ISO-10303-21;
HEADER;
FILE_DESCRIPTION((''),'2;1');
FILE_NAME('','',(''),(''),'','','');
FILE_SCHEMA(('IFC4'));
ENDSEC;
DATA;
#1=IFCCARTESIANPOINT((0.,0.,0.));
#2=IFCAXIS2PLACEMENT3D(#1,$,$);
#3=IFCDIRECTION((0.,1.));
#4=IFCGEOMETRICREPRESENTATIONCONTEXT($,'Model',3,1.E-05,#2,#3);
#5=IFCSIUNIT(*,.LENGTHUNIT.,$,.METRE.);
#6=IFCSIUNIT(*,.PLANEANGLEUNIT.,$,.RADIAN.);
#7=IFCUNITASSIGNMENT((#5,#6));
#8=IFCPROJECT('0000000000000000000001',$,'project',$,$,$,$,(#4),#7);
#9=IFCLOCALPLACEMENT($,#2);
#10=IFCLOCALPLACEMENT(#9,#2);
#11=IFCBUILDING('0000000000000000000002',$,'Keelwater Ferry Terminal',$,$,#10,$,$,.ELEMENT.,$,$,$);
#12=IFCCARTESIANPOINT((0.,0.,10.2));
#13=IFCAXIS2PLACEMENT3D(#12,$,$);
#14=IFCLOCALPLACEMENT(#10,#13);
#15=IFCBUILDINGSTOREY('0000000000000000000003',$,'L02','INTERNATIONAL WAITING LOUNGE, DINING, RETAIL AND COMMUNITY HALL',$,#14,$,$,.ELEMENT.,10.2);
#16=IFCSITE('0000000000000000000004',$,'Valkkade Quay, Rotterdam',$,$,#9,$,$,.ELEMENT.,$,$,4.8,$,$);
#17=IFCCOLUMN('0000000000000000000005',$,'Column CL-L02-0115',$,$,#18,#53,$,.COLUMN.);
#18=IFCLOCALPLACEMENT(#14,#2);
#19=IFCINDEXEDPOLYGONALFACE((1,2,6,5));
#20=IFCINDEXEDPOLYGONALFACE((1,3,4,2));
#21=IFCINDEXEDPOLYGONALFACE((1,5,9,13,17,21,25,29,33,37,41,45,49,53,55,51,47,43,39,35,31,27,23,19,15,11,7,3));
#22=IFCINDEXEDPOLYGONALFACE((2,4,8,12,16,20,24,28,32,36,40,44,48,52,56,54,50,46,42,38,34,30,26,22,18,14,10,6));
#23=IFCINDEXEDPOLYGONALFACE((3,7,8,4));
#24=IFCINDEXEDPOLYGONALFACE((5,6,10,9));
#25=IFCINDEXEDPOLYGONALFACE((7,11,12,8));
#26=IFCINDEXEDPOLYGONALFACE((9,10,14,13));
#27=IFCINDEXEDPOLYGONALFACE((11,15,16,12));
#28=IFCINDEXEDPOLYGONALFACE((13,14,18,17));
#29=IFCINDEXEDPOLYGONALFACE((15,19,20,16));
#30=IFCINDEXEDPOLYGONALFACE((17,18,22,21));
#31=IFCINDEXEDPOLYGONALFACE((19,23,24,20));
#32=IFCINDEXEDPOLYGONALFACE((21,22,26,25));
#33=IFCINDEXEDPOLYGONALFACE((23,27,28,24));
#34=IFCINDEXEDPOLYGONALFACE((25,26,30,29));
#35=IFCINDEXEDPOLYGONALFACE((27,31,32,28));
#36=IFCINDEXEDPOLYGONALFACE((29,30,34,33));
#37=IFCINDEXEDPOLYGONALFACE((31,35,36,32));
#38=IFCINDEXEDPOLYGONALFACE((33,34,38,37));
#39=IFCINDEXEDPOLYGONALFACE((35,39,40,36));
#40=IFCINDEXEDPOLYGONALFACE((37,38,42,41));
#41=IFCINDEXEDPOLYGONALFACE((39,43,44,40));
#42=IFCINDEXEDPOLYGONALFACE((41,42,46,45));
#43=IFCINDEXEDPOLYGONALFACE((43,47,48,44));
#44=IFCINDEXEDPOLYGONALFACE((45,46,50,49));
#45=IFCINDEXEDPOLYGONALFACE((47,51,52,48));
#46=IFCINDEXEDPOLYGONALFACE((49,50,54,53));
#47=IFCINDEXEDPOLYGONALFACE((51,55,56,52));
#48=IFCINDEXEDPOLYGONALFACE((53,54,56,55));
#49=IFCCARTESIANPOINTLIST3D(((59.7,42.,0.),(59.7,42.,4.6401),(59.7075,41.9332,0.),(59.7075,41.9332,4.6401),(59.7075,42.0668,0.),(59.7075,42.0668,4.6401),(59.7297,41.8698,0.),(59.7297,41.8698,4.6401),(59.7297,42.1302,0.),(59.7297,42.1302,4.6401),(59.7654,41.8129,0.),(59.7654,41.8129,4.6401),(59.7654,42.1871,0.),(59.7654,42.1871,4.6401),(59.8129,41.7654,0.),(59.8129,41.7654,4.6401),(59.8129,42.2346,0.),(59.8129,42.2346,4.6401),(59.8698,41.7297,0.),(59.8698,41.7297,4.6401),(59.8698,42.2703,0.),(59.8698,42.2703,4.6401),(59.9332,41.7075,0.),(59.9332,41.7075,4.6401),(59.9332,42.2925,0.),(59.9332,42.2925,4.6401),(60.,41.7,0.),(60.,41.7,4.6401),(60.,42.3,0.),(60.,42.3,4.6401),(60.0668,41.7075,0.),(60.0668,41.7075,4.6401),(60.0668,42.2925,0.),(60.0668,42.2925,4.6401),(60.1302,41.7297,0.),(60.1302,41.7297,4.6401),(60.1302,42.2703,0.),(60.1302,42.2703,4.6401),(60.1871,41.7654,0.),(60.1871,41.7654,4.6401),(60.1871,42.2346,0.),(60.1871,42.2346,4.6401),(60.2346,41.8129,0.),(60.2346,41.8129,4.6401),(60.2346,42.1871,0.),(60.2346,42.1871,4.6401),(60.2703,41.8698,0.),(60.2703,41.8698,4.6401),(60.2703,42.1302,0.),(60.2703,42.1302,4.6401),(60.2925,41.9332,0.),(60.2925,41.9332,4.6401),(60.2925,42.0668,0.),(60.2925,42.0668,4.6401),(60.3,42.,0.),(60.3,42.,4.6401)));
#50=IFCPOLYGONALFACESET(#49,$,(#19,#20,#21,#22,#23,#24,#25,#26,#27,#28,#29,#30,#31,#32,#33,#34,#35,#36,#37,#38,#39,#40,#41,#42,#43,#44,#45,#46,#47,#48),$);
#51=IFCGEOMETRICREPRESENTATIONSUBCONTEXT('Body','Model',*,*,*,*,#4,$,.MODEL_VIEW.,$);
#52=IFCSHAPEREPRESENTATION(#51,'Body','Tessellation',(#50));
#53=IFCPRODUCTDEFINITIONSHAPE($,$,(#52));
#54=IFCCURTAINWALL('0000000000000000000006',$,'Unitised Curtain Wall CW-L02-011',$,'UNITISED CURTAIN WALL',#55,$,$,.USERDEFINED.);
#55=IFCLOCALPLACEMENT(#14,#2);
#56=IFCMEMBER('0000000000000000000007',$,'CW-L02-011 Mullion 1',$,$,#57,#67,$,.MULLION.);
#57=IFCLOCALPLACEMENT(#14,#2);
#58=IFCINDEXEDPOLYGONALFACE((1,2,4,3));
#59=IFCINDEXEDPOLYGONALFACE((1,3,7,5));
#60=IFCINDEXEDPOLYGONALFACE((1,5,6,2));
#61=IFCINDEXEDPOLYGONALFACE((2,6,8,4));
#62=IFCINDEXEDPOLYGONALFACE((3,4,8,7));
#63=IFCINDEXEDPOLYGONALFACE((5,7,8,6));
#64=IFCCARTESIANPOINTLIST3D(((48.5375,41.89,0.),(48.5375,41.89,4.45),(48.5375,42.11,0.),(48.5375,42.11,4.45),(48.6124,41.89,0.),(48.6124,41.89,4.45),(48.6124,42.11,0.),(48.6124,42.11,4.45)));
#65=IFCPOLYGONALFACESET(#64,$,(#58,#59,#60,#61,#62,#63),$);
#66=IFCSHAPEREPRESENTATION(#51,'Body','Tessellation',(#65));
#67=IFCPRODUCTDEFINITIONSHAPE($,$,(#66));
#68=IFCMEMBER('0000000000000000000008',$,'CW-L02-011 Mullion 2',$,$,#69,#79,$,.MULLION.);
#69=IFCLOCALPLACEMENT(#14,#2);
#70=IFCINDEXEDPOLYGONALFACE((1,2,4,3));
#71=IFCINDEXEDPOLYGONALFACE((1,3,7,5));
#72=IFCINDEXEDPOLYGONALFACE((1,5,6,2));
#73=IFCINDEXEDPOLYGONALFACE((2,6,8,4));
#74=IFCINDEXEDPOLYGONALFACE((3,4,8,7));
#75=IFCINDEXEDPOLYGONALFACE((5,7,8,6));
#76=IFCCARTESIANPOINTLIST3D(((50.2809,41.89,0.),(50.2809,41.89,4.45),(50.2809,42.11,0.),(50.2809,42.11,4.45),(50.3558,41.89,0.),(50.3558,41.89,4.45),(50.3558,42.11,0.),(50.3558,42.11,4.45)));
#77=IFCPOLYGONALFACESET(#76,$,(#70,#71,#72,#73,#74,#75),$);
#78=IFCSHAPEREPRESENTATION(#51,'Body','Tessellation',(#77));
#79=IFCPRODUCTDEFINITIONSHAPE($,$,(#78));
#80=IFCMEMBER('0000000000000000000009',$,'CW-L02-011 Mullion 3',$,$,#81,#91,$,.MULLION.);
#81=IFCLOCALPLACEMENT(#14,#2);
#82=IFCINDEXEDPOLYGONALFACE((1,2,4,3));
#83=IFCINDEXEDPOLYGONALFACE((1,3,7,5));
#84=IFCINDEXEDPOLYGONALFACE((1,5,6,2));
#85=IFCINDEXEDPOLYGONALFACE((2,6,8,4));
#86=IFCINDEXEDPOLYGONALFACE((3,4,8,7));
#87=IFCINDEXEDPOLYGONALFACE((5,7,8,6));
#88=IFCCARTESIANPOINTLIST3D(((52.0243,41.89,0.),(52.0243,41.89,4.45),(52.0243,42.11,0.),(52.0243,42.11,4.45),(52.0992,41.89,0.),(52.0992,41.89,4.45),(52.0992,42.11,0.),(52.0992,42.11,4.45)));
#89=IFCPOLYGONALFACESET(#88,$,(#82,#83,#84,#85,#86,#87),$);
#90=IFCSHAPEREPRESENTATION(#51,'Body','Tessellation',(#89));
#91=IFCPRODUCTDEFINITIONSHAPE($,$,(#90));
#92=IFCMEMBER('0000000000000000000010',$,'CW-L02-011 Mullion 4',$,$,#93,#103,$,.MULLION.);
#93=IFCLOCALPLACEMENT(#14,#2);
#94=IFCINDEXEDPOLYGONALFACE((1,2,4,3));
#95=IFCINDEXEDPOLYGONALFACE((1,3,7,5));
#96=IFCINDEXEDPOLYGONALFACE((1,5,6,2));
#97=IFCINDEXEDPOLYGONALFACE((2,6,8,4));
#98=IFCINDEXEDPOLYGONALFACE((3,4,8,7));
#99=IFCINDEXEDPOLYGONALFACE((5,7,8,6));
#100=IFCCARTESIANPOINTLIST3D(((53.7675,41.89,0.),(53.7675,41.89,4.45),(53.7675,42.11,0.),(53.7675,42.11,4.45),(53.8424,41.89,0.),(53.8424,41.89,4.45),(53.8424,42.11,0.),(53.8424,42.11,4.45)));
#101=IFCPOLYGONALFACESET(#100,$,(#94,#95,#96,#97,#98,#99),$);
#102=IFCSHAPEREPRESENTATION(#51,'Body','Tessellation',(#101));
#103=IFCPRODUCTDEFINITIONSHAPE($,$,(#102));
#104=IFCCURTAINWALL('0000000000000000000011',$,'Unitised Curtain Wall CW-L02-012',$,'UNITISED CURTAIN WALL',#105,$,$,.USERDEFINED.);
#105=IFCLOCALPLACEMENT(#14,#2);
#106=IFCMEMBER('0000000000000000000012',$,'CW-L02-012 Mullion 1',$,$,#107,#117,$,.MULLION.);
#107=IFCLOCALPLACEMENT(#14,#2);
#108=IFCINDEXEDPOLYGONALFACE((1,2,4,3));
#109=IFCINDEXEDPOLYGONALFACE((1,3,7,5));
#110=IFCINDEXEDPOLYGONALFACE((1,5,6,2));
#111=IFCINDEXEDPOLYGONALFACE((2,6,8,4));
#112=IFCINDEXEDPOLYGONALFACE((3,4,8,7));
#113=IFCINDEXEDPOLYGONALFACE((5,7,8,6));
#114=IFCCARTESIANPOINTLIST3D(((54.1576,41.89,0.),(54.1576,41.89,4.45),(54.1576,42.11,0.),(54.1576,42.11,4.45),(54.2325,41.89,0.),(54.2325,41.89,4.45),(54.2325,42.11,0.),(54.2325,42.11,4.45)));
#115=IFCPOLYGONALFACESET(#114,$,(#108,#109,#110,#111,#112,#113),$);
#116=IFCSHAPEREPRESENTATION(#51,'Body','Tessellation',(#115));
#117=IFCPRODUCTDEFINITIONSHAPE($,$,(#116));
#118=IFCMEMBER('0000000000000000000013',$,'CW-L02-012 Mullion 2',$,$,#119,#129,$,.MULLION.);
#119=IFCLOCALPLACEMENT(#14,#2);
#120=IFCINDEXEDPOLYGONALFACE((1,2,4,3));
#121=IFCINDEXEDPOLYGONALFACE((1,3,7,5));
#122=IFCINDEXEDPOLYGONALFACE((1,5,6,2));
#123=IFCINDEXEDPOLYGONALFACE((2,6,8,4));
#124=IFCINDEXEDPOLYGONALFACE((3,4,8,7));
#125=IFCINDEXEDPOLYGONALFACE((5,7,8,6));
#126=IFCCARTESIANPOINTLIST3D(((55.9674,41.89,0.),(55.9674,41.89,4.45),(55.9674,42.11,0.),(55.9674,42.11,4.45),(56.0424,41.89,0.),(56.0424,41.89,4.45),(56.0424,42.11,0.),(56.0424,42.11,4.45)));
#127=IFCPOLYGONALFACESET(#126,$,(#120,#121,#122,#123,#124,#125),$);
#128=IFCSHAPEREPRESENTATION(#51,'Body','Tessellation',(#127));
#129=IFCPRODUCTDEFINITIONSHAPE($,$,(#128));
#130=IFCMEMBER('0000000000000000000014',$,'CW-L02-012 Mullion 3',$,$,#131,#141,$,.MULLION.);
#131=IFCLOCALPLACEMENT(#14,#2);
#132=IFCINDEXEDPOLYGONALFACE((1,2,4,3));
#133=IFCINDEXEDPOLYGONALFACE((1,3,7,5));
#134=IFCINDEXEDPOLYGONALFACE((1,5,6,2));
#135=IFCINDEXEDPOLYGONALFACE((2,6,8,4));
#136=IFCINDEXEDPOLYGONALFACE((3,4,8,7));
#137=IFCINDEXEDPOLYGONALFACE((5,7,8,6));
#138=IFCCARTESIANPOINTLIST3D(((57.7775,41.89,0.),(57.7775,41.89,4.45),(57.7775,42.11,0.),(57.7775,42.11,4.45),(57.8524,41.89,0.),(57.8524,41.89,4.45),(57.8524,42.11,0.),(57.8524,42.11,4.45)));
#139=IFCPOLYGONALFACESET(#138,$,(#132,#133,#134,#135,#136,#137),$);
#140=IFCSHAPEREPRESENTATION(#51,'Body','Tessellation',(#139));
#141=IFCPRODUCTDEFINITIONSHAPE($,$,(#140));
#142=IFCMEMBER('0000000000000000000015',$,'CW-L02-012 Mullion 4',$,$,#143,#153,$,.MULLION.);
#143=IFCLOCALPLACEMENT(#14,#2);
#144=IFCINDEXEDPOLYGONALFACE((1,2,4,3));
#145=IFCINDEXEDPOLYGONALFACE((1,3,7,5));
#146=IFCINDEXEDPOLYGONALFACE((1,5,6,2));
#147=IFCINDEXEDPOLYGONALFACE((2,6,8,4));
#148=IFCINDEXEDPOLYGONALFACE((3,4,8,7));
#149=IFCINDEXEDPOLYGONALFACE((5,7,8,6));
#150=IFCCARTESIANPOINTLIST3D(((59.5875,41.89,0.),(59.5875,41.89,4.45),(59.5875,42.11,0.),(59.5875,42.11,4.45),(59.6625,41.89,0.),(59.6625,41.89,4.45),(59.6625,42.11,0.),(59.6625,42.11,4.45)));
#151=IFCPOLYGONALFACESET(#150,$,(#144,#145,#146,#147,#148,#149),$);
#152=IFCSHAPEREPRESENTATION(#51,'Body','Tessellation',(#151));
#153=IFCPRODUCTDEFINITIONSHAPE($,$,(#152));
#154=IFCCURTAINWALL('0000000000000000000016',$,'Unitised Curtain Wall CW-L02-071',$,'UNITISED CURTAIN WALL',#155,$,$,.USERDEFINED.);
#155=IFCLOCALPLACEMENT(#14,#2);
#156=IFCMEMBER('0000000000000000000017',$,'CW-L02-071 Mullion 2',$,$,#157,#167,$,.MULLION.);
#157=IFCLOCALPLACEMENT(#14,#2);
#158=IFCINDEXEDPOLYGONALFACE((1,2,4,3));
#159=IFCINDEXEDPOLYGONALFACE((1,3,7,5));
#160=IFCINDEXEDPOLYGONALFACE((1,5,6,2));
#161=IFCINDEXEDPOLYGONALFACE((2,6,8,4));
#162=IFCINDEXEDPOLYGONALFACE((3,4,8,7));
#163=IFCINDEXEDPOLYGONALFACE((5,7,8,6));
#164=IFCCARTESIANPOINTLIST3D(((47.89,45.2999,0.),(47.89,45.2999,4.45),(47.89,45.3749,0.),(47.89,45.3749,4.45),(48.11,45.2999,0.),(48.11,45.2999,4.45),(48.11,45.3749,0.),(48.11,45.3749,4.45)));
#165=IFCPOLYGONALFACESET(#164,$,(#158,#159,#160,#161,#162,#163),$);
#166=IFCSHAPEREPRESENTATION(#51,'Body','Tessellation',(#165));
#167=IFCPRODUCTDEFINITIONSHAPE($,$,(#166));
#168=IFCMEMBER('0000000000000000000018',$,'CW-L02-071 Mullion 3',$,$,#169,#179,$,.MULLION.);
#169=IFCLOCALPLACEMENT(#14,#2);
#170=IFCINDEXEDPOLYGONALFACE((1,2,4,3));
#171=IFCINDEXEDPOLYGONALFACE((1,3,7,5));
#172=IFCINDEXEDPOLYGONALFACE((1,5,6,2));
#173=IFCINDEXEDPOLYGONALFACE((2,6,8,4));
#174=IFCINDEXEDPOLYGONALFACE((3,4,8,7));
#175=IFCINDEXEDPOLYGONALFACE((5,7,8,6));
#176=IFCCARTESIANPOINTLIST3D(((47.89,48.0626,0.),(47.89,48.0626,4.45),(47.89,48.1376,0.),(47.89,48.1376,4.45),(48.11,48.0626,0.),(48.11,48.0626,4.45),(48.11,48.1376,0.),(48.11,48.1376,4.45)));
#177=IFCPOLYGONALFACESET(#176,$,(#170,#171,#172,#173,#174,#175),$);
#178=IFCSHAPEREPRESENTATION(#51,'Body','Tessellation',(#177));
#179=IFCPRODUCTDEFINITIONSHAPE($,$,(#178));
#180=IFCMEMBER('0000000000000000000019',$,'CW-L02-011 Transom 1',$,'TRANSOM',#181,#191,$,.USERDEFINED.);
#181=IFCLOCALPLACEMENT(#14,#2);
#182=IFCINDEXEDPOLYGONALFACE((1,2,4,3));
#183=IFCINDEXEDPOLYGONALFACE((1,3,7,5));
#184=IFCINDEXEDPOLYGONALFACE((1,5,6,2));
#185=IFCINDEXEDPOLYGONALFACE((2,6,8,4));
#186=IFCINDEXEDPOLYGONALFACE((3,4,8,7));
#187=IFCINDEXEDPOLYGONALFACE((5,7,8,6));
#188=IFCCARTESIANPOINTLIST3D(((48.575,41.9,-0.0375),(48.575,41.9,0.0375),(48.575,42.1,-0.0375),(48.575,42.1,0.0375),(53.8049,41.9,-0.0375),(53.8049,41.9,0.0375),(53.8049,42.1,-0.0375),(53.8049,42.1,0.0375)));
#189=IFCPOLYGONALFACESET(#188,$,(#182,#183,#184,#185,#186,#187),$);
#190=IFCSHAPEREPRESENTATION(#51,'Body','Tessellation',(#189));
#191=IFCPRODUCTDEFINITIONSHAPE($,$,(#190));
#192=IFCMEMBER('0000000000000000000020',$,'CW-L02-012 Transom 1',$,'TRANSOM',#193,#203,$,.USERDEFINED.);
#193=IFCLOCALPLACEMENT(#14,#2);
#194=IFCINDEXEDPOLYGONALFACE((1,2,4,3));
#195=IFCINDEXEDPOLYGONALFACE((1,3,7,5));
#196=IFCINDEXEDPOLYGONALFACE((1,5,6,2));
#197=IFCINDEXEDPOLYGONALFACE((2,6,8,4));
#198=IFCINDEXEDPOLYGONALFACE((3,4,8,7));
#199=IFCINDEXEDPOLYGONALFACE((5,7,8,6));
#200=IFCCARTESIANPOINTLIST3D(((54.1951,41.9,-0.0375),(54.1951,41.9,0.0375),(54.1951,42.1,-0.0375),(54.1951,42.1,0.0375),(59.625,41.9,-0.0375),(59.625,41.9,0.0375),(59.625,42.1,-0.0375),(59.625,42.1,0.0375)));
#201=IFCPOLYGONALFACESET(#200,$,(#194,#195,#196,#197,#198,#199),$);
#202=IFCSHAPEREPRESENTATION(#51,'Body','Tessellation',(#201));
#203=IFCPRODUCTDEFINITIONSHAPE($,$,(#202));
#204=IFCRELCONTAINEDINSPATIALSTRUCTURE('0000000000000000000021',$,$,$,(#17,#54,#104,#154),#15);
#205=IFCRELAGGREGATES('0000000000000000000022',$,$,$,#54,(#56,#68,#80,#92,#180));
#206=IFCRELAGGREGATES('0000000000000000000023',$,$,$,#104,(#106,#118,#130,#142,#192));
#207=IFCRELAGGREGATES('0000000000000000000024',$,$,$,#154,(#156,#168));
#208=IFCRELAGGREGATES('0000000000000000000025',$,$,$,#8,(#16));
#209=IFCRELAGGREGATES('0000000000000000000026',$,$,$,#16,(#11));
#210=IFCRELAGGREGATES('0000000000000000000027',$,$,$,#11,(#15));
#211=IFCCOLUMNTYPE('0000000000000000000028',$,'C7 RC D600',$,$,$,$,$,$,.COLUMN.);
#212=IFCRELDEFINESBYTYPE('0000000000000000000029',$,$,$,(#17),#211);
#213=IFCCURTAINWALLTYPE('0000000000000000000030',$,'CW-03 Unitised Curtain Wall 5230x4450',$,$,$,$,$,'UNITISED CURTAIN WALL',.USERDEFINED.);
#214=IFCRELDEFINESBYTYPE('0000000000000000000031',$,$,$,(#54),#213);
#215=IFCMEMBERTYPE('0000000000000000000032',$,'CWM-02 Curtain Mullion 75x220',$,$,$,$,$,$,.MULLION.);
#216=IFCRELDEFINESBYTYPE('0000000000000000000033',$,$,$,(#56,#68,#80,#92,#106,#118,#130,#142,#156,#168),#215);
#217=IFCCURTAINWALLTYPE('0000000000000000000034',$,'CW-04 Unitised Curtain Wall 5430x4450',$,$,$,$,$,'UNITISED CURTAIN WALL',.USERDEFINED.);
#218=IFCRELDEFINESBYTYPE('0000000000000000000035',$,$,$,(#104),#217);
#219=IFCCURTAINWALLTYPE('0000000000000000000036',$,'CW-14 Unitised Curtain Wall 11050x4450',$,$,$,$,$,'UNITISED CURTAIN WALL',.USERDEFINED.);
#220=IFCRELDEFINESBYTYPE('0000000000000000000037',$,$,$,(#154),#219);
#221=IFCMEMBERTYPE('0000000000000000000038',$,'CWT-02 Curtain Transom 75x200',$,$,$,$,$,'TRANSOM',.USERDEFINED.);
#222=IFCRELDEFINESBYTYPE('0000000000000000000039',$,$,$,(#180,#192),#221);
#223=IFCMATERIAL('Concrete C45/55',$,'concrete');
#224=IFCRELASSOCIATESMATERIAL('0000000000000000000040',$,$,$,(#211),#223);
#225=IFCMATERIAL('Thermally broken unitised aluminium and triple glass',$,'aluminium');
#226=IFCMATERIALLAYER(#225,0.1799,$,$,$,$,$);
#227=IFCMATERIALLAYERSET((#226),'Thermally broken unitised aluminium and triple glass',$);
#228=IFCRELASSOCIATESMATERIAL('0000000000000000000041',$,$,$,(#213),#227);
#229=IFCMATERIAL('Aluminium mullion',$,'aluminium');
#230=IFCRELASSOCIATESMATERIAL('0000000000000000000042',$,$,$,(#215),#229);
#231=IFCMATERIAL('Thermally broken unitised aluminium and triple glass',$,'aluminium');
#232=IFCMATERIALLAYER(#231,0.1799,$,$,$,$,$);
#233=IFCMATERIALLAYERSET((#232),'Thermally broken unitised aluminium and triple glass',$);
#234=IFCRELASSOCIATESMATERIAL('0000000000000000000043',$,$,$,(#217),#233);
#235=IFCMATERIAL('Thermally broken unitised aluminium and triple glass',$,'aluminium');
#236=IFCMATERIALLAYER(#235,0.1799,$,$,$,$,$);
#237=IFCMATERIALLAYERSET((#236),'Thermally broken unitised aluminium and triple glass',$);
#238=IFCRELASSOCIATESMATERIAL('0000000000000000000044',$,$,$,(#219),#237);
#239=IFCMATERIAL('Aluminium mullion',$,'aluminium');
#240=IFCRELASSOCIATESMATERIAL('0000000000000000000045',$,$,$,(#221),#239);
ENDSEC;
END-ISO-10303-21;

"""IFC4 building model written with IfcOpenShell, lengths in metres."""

from ifc_helpers import new_model, si_unit, direction, frame, origin, origin_2d, place, context, subcontext, project, spatial, rectangle, circle, extrude, material, layer, layer_set, material_profile, profile_set, type_object, element, aggregate, save


model = new_model("IFC4")

# Units and contexts
model_context = context("Model", 3, precision=1e-05, world=origin(), true_north=direction((0.0, 1.0)))
body_context = subcontext(model_context, "Body", "Model", "MODEL_VIEW")
ifc_project = project(units=[si_unit("LENGTHUNIT", "METRE"), si_unit("PLANEANGLEUNIT", "RADIAN")], contexts=[model_context])

# Site, building, storey
site_placement = place(None, origin())
site = spatial("IfcSite", under=ifc_project, at=site_placement, Name="Valkkade Quay, Rotterdam", CompositionType="ELEMENT", RefElevation=4.8)
building_placement = place(site_placement, origin())
building = spatial("IfcBuilding", under=site, at=building_placement, Name="Keelwater Ferry Terminal", CompositionType="ELEMENT")
storey_placement = place(building_placement, frame((0.0, 0.0, 10.2)))
storey = spatial("IfcBuildingStorey", under=building, at=storey_placement, Name="L02", Description="INTERNATIONAL WAITING LOUNGE, DINING, RETAIL AND COMMUNITY HALL", CompositionType="ELEMENT", Elevation=10.2)

# Column
ifc_material_1 = material(Name="Concrete C45/55", Category="concrete")
ifc_material_profile_1 = material_profile(ifc_material_1, circle(Radius=0.3, at=origin_2d()), Name="RC D600")
ifc_profile_set_1 = profile_set([ifc_material_profile_1], Name="Concrete C45/55")
column_type = type_object("IfcColumnType", Name="C7 RC D600", PredefinedType="COLUMN", material=ifc_profile_set_1)
column_placement = place(storey_placement, frame((60.0, 42.0, 0.0), z_axis=(0.0, 0.0, 1.0), x_axis=(1.0, 0.0, 0.0)))
element("IfcColumn", 1, at=column_placement, inside=storey, type_object=column_type, Name="Column CL-L02-0115", PredefinedType="COLUMN", context=body_context, shape_type="SweptSolid", body=[
    extrude(circle(Radius=0.3, at=origin_2d()), origin(), (0.0, 0.0, 1.0), 4.6401),
])

# Curtain walls, members
ifc_material_2 = material(Name="Thermally broken unitised aluminium and triple glass", Category="aluminium")
ifc_layer_1 = layer(ifc_material_2, 0.1799)
ifc_layer_set_1 = layer_set([ifc_layer_1], Name="Thermally broken unitised aluminium and triple glass")
curtain_wall_type_1 = type_object("IfcCurtainWallType", Name="CW-03 Unitised Curtain Wall 5230x4450", ElementType="UNITISED CURTAIN WALL", PredefinedType="USERDEFINED", material=ifc_layer_set_1)
curtain_wall_1_placement = place(storey_placement, origin())
curtain_wall_1 = element("IfcCurtainWall", 2, at=curtain_wall_1_placement, inside=storey, type_object=curtain_wall_type_1, Name="Unitised Curtain Wall CW-L02-011", ObjectType="UNITISED CURTAIN WALL", PredefinedType="USERDEFINED")
ifc_material_3 = material(Name="Aluminium mullion", Category="aluminium")
ifc_material_profile_2 = material_profile(ifc_material_3, rectangle(XDim=0.075, YDim=0.22, at=origin_2d()), Name="CWM-02")
ifc_profile_set_2 = profile_set([ifc_material_profile_2], Name="Aluminium mullion")
member_type_1 = type_object("IfcMemberType", Name="CWM-02 Curtain Mullion 75x220", PredefinedType="MULLION", material=ifc_profile_set_2)
member_1_placement = place(storey_placement, frame((48.575, 42.0, 0.0), z_axis=(0.0, 0.0, 1.0), x_axis=(1.0, 0.0, 0.0)))
member_1 = element("IfcMember", 3, at=member_1_placement, type_object=member_type_1, Name="CW-L02-011 Mullion 1", PredefinedType="MULLION", context=body_context, shape_type="SweptSolid", body=[
    extrude(rectangle(XDim=0.075, YDim=0.22, at=origin_2d()), origin(), (0.0, 0.0, 1.0), 4.45),
])
member_2_placement = place(storey_placement, frame((50.3184, 42.0, 0.0), z_axis=(0.0, 0.0, 1.0), x_axis=(1.0, 0.0, 0.0)))
member_2 = element("IfcMember", 4, at=member_2_placement, type_object=member_type_1, Name="CW-L02-011 Mullion 2", PredefinedType="MULLION", context=body_context, shape_type="SweptSolid", body=[
    extrude(rectangle(XDim=0.075, YDim=0.22, at=origin_2d()), origin(), (0.0, 0.0, 1.0), 4.45),
])
member_3_placement = place(storey_placement, frame((52.0618, 42.0, 0.0), z_axis=(0.0, 0.0, 1.0), x_axis=(1.0, 0.0, 0.0)))
member_3 = element("IfcMember", 5, at=member_3_placement, type_object=member_type_1, Name="CW-L02-011 Mullion 3", PredefinedType="MULLION", context=body_context, shape_type="SweptSolid", body=[
    extrude(rectangle(XDim=0.075, YDim=0.22, at=origin_2d()), origin(), (0.0, 0.0, 1.0), 4.45),
])
member_4_placement = place(storey_placement, frame((53.8049, 42.0, 0.0), z_axis=(0.0, 0.0, 1.0), x_axis=(1.0, 0.0, 0.0)))
member_4 = element("IfcMember", 6, at=member_4_placement, type_object=member_type_1, Name="CW-L02-011 Mullion 4", PredefinedType="MULLION", context=body_context, shape_type="SweptSolid", body=[
    extrude(rectangle(XDim=0.075, YDim=0.22, at=origin_2d()), origin(), (0.0, 0.0, 1.0), 4.45),
])
ifc_material_4 = material(Name="Thermally broken unitised aluminium and triple glass", Category="aluminium")
ifc_layer_2 = layer(ifc_material_4, 0.1799)
ifc_layer_set_2 = layer_set([ifc_layer_2], Name="Thermally broken unitised aluminium and triple glass")
curtain_wall_type_2 = type_object("IfcCurtainWallType", Name="CW-04 Unitised Curtain Wall 5430x4450", ElementType="UNITISED CURTAIN WALL", PredefinedType="USERDEFINED", material=ifc_layer_set_2)
curtain_wall_2_placement = place(storey_placement, origin())
curtain_wall_2 = element("IfcCurtainWall", 7, at=curtain_wall_2_placement, inside=storey, type_object=curtain_wall_type_2, Name="Unitised Curtain Wall CW-L02-012", ObjectType="UNITISED CURTAIN WALL", PredefinedType="USERDEFINED")
member_5_placement = place(storey_placement, frame((54.1951, 42.0, 0.0), z_axis=(0.0, 0.0, 1.0), x_axis=(1.0, 0.0, 0.0)))
member_5 = element("IfcMember", 8, at=member_5_placement, type_object=member_type_1, Name="CW-L02-012 Mullion 1", PredefinedType="MULLION", context=body_context, shape_type="SweptSolid", body=[
    extrude(rectangle(XDim=0.075, YDim=0.22, at=origin_2d()), origin(), (0.0, 0.0, 1.0), 4.45),
])
member_6_placement = place(storey_placement, frame((56.0049, 42.0, 0.0), z_axis=(0.0, 0.0, 1.0), x_axis=(1.0, 0.0, 0.0)))
member_6 = element("IfcMember", 9, at=member_6_placement, type_object=member_type_1, Name="CW-L02-012 Mullion 2", PredefinedType="MULLION", context=body_context, shape_type="SweptSolid", body=[
    extrude(rectangle(XDim=0.075, YDim=0.22, at=origin_2d()), origin(), (0.0, 0.0, 1.0), 4.45),
])
member_7_placement = place(storey_placement, frame((57.8149, 42.0, 0.0), z_axis=(0.0, 0.0, 1.0), x_axis=(1.0, 0.0, 0.0)))
member_7 = element("IfcMember", 10, at=member_7_placement, type_object=member_type_1, Name="CW-L02-012 Mullion 3", PredefinedType="MULLION", context=body_context, shape_type="SweptSolid", body=[
    extrude(rectangle(XDim=0.075, YDim=0.22, at=origin_2d()), origin(), (0.0, 0.0, 1.0), 4.45),
])
member_8_placement = place(storey_placement, frame((59.625, 42.0, 0.0), z_axis=(0.0, 0.0, 1.0), x_axis=(1.0, 0.0, 0.0)))
member_8 = element("IfcMember", 11, at=member_8_placement, type_object=member_type_1, Name="CW-L02-012 Mullion 4", PredefinedType="MULLION", context=body_context, shape_type="SweptSolid", body=[
    extrude(rectangle(XDim=0.075, YDim=0.22, at=origin_2d()), origin(), (0.0, 0.0, 1.0), 4.45),
])
ifc_material_5 = material(Name="Thermally broken unitised aluminium and triple glass", Category="aluminium")
ifc_layer_3 = layer(ifc_material_5, 0.1799)
ifc_layer_set_3 = layer_set([ifc_layer_3], Name="Thermally broken unitised aluminium and triple glass")
curtain_wall_type_3 = type_object("IfcCurtainWallType", Name="CW-14 Unitised Curtain Wall 11050x4450", ElementType="UNITISED CURTAIN WALL", PredefinedType="USERDEFINED", material=ifc_layer_set_3)
curtain_wall_3_placement = place(storey_placement, origin())
curtain_wall_3 = element("IfcCurtainWall", 12, at=curtain_wall_3_placement, inside=storey, type_object=curtain_wall_type_3, Name="Unitised Curtain Wall CW-L02-071", ObjectType="UNITISED CURTAIN WALL", PredefinedType="USERDEFINED")
member_9_placement = place(storey_placement, frame((48.0, 45.3374, 0.0), z_axis=(0.0, 0.0, 1.0), x_axis=(0.0, 1.0, 0.0)))
member_9 = element("IfcMember", 13, at=member_9_placement, type_object=member_type_1, Name="CW-L02-071 Mullion 2", PredefinedType="MULLION", context=body_context, shape_type="SweptSolid", body=[
    extrude(rectangle(XDim=0.075, YDim=0.22, at=origin_2d()), origin(), (0.0, 0.0, 1.0), 4.45),
])
member_10_placement = place(storey_placement, frame((48.0, 48.1001, 0.0), z_axis=(0.0, 0.0, 1.0), x_axis=(0.0, 1.0, 0.0)))
member_10 = element("IfcMember", 14, at=member_10_placement, type_object=member_type_1, Name="CW-L02-071 Mullion 3", PredefinedType="MULLION", context=body_context, shape_type="SweptSolid", body=[
    extrude(rectangle(XDim=0.075, YDim=0.22, at=origin_2d()), origin(), (0.0, 0.0, 1.0), 4.45),
])

# Members
ifc_material_6 = material(Name="Aluminium mullion", Category="aluminium")
ifc_material_profile_3 = material_profile(ifc_material_6, rectangle(XDim=0.2, YDim=0.075, at=origin_2d()), Name="CWT-02")
ifc_profile_set_3 = profile_set([ifc_material_profile_3], Name="Aluminium mullion")
member_type_2 = type_object("IfcMemberType", Name="CWT-02 Curtain Transom 75x200", ElementType="TRANSOM", PredefinedType="USERDEFINED", material=ifc_profile_set_3)
member_11_placement = place(storey_placement, frame((48.575, 42.0, 0.0), z_axis=(1.0, 0.0, 0.0), x_axis=(0.0, 1.0, 0.0)))
member_11 = element("IfcMember", 15, at=member_11_placement, type_object=member_type_2, Name="CW-L02-011 Transom 1", ObjectType="TRANSOM", PredefinedType="USERDEFINED", context=body_context, shape_type="SweptSolid", body=[
    extrude(rectangle(XDim=0.2, YDim=0.075, at=origin_2d()), origin(), (0.0, 0.0, 1.0), 5.23),
])
member_12_placement = place(storey_placement, frame((54.1951, 42.0, 0.0), z_axis=(1.0, 0.0, 0.0), x_axis=(0.0, 1.0, 0.0)))
member_12 = element("IfcMember", 16, at=member_12_placement, type_object=member_type_2, Name="CW-L02-012 Transom 1", ObjectType="TRANSOM", PredefinedType="USERDEFINED", context=body_context, shape_type="SweptSolid", body=[
    extrude(rectangle(XDim=0.2, YDim=0.075, at=origin_2d()), origin(), (0.0, 0.0, 1.0), 5.4299),
])

aggregate(curtain_wall_1, [member_1, member_2, member_3, member_4, member_11])
aggregate(curtain_wall_2, [member_5, member_6, member_7, member_8, member_12])
aggregate(curtain_wall_3, [member_9, member_10])

save(model, "model.ifc")
